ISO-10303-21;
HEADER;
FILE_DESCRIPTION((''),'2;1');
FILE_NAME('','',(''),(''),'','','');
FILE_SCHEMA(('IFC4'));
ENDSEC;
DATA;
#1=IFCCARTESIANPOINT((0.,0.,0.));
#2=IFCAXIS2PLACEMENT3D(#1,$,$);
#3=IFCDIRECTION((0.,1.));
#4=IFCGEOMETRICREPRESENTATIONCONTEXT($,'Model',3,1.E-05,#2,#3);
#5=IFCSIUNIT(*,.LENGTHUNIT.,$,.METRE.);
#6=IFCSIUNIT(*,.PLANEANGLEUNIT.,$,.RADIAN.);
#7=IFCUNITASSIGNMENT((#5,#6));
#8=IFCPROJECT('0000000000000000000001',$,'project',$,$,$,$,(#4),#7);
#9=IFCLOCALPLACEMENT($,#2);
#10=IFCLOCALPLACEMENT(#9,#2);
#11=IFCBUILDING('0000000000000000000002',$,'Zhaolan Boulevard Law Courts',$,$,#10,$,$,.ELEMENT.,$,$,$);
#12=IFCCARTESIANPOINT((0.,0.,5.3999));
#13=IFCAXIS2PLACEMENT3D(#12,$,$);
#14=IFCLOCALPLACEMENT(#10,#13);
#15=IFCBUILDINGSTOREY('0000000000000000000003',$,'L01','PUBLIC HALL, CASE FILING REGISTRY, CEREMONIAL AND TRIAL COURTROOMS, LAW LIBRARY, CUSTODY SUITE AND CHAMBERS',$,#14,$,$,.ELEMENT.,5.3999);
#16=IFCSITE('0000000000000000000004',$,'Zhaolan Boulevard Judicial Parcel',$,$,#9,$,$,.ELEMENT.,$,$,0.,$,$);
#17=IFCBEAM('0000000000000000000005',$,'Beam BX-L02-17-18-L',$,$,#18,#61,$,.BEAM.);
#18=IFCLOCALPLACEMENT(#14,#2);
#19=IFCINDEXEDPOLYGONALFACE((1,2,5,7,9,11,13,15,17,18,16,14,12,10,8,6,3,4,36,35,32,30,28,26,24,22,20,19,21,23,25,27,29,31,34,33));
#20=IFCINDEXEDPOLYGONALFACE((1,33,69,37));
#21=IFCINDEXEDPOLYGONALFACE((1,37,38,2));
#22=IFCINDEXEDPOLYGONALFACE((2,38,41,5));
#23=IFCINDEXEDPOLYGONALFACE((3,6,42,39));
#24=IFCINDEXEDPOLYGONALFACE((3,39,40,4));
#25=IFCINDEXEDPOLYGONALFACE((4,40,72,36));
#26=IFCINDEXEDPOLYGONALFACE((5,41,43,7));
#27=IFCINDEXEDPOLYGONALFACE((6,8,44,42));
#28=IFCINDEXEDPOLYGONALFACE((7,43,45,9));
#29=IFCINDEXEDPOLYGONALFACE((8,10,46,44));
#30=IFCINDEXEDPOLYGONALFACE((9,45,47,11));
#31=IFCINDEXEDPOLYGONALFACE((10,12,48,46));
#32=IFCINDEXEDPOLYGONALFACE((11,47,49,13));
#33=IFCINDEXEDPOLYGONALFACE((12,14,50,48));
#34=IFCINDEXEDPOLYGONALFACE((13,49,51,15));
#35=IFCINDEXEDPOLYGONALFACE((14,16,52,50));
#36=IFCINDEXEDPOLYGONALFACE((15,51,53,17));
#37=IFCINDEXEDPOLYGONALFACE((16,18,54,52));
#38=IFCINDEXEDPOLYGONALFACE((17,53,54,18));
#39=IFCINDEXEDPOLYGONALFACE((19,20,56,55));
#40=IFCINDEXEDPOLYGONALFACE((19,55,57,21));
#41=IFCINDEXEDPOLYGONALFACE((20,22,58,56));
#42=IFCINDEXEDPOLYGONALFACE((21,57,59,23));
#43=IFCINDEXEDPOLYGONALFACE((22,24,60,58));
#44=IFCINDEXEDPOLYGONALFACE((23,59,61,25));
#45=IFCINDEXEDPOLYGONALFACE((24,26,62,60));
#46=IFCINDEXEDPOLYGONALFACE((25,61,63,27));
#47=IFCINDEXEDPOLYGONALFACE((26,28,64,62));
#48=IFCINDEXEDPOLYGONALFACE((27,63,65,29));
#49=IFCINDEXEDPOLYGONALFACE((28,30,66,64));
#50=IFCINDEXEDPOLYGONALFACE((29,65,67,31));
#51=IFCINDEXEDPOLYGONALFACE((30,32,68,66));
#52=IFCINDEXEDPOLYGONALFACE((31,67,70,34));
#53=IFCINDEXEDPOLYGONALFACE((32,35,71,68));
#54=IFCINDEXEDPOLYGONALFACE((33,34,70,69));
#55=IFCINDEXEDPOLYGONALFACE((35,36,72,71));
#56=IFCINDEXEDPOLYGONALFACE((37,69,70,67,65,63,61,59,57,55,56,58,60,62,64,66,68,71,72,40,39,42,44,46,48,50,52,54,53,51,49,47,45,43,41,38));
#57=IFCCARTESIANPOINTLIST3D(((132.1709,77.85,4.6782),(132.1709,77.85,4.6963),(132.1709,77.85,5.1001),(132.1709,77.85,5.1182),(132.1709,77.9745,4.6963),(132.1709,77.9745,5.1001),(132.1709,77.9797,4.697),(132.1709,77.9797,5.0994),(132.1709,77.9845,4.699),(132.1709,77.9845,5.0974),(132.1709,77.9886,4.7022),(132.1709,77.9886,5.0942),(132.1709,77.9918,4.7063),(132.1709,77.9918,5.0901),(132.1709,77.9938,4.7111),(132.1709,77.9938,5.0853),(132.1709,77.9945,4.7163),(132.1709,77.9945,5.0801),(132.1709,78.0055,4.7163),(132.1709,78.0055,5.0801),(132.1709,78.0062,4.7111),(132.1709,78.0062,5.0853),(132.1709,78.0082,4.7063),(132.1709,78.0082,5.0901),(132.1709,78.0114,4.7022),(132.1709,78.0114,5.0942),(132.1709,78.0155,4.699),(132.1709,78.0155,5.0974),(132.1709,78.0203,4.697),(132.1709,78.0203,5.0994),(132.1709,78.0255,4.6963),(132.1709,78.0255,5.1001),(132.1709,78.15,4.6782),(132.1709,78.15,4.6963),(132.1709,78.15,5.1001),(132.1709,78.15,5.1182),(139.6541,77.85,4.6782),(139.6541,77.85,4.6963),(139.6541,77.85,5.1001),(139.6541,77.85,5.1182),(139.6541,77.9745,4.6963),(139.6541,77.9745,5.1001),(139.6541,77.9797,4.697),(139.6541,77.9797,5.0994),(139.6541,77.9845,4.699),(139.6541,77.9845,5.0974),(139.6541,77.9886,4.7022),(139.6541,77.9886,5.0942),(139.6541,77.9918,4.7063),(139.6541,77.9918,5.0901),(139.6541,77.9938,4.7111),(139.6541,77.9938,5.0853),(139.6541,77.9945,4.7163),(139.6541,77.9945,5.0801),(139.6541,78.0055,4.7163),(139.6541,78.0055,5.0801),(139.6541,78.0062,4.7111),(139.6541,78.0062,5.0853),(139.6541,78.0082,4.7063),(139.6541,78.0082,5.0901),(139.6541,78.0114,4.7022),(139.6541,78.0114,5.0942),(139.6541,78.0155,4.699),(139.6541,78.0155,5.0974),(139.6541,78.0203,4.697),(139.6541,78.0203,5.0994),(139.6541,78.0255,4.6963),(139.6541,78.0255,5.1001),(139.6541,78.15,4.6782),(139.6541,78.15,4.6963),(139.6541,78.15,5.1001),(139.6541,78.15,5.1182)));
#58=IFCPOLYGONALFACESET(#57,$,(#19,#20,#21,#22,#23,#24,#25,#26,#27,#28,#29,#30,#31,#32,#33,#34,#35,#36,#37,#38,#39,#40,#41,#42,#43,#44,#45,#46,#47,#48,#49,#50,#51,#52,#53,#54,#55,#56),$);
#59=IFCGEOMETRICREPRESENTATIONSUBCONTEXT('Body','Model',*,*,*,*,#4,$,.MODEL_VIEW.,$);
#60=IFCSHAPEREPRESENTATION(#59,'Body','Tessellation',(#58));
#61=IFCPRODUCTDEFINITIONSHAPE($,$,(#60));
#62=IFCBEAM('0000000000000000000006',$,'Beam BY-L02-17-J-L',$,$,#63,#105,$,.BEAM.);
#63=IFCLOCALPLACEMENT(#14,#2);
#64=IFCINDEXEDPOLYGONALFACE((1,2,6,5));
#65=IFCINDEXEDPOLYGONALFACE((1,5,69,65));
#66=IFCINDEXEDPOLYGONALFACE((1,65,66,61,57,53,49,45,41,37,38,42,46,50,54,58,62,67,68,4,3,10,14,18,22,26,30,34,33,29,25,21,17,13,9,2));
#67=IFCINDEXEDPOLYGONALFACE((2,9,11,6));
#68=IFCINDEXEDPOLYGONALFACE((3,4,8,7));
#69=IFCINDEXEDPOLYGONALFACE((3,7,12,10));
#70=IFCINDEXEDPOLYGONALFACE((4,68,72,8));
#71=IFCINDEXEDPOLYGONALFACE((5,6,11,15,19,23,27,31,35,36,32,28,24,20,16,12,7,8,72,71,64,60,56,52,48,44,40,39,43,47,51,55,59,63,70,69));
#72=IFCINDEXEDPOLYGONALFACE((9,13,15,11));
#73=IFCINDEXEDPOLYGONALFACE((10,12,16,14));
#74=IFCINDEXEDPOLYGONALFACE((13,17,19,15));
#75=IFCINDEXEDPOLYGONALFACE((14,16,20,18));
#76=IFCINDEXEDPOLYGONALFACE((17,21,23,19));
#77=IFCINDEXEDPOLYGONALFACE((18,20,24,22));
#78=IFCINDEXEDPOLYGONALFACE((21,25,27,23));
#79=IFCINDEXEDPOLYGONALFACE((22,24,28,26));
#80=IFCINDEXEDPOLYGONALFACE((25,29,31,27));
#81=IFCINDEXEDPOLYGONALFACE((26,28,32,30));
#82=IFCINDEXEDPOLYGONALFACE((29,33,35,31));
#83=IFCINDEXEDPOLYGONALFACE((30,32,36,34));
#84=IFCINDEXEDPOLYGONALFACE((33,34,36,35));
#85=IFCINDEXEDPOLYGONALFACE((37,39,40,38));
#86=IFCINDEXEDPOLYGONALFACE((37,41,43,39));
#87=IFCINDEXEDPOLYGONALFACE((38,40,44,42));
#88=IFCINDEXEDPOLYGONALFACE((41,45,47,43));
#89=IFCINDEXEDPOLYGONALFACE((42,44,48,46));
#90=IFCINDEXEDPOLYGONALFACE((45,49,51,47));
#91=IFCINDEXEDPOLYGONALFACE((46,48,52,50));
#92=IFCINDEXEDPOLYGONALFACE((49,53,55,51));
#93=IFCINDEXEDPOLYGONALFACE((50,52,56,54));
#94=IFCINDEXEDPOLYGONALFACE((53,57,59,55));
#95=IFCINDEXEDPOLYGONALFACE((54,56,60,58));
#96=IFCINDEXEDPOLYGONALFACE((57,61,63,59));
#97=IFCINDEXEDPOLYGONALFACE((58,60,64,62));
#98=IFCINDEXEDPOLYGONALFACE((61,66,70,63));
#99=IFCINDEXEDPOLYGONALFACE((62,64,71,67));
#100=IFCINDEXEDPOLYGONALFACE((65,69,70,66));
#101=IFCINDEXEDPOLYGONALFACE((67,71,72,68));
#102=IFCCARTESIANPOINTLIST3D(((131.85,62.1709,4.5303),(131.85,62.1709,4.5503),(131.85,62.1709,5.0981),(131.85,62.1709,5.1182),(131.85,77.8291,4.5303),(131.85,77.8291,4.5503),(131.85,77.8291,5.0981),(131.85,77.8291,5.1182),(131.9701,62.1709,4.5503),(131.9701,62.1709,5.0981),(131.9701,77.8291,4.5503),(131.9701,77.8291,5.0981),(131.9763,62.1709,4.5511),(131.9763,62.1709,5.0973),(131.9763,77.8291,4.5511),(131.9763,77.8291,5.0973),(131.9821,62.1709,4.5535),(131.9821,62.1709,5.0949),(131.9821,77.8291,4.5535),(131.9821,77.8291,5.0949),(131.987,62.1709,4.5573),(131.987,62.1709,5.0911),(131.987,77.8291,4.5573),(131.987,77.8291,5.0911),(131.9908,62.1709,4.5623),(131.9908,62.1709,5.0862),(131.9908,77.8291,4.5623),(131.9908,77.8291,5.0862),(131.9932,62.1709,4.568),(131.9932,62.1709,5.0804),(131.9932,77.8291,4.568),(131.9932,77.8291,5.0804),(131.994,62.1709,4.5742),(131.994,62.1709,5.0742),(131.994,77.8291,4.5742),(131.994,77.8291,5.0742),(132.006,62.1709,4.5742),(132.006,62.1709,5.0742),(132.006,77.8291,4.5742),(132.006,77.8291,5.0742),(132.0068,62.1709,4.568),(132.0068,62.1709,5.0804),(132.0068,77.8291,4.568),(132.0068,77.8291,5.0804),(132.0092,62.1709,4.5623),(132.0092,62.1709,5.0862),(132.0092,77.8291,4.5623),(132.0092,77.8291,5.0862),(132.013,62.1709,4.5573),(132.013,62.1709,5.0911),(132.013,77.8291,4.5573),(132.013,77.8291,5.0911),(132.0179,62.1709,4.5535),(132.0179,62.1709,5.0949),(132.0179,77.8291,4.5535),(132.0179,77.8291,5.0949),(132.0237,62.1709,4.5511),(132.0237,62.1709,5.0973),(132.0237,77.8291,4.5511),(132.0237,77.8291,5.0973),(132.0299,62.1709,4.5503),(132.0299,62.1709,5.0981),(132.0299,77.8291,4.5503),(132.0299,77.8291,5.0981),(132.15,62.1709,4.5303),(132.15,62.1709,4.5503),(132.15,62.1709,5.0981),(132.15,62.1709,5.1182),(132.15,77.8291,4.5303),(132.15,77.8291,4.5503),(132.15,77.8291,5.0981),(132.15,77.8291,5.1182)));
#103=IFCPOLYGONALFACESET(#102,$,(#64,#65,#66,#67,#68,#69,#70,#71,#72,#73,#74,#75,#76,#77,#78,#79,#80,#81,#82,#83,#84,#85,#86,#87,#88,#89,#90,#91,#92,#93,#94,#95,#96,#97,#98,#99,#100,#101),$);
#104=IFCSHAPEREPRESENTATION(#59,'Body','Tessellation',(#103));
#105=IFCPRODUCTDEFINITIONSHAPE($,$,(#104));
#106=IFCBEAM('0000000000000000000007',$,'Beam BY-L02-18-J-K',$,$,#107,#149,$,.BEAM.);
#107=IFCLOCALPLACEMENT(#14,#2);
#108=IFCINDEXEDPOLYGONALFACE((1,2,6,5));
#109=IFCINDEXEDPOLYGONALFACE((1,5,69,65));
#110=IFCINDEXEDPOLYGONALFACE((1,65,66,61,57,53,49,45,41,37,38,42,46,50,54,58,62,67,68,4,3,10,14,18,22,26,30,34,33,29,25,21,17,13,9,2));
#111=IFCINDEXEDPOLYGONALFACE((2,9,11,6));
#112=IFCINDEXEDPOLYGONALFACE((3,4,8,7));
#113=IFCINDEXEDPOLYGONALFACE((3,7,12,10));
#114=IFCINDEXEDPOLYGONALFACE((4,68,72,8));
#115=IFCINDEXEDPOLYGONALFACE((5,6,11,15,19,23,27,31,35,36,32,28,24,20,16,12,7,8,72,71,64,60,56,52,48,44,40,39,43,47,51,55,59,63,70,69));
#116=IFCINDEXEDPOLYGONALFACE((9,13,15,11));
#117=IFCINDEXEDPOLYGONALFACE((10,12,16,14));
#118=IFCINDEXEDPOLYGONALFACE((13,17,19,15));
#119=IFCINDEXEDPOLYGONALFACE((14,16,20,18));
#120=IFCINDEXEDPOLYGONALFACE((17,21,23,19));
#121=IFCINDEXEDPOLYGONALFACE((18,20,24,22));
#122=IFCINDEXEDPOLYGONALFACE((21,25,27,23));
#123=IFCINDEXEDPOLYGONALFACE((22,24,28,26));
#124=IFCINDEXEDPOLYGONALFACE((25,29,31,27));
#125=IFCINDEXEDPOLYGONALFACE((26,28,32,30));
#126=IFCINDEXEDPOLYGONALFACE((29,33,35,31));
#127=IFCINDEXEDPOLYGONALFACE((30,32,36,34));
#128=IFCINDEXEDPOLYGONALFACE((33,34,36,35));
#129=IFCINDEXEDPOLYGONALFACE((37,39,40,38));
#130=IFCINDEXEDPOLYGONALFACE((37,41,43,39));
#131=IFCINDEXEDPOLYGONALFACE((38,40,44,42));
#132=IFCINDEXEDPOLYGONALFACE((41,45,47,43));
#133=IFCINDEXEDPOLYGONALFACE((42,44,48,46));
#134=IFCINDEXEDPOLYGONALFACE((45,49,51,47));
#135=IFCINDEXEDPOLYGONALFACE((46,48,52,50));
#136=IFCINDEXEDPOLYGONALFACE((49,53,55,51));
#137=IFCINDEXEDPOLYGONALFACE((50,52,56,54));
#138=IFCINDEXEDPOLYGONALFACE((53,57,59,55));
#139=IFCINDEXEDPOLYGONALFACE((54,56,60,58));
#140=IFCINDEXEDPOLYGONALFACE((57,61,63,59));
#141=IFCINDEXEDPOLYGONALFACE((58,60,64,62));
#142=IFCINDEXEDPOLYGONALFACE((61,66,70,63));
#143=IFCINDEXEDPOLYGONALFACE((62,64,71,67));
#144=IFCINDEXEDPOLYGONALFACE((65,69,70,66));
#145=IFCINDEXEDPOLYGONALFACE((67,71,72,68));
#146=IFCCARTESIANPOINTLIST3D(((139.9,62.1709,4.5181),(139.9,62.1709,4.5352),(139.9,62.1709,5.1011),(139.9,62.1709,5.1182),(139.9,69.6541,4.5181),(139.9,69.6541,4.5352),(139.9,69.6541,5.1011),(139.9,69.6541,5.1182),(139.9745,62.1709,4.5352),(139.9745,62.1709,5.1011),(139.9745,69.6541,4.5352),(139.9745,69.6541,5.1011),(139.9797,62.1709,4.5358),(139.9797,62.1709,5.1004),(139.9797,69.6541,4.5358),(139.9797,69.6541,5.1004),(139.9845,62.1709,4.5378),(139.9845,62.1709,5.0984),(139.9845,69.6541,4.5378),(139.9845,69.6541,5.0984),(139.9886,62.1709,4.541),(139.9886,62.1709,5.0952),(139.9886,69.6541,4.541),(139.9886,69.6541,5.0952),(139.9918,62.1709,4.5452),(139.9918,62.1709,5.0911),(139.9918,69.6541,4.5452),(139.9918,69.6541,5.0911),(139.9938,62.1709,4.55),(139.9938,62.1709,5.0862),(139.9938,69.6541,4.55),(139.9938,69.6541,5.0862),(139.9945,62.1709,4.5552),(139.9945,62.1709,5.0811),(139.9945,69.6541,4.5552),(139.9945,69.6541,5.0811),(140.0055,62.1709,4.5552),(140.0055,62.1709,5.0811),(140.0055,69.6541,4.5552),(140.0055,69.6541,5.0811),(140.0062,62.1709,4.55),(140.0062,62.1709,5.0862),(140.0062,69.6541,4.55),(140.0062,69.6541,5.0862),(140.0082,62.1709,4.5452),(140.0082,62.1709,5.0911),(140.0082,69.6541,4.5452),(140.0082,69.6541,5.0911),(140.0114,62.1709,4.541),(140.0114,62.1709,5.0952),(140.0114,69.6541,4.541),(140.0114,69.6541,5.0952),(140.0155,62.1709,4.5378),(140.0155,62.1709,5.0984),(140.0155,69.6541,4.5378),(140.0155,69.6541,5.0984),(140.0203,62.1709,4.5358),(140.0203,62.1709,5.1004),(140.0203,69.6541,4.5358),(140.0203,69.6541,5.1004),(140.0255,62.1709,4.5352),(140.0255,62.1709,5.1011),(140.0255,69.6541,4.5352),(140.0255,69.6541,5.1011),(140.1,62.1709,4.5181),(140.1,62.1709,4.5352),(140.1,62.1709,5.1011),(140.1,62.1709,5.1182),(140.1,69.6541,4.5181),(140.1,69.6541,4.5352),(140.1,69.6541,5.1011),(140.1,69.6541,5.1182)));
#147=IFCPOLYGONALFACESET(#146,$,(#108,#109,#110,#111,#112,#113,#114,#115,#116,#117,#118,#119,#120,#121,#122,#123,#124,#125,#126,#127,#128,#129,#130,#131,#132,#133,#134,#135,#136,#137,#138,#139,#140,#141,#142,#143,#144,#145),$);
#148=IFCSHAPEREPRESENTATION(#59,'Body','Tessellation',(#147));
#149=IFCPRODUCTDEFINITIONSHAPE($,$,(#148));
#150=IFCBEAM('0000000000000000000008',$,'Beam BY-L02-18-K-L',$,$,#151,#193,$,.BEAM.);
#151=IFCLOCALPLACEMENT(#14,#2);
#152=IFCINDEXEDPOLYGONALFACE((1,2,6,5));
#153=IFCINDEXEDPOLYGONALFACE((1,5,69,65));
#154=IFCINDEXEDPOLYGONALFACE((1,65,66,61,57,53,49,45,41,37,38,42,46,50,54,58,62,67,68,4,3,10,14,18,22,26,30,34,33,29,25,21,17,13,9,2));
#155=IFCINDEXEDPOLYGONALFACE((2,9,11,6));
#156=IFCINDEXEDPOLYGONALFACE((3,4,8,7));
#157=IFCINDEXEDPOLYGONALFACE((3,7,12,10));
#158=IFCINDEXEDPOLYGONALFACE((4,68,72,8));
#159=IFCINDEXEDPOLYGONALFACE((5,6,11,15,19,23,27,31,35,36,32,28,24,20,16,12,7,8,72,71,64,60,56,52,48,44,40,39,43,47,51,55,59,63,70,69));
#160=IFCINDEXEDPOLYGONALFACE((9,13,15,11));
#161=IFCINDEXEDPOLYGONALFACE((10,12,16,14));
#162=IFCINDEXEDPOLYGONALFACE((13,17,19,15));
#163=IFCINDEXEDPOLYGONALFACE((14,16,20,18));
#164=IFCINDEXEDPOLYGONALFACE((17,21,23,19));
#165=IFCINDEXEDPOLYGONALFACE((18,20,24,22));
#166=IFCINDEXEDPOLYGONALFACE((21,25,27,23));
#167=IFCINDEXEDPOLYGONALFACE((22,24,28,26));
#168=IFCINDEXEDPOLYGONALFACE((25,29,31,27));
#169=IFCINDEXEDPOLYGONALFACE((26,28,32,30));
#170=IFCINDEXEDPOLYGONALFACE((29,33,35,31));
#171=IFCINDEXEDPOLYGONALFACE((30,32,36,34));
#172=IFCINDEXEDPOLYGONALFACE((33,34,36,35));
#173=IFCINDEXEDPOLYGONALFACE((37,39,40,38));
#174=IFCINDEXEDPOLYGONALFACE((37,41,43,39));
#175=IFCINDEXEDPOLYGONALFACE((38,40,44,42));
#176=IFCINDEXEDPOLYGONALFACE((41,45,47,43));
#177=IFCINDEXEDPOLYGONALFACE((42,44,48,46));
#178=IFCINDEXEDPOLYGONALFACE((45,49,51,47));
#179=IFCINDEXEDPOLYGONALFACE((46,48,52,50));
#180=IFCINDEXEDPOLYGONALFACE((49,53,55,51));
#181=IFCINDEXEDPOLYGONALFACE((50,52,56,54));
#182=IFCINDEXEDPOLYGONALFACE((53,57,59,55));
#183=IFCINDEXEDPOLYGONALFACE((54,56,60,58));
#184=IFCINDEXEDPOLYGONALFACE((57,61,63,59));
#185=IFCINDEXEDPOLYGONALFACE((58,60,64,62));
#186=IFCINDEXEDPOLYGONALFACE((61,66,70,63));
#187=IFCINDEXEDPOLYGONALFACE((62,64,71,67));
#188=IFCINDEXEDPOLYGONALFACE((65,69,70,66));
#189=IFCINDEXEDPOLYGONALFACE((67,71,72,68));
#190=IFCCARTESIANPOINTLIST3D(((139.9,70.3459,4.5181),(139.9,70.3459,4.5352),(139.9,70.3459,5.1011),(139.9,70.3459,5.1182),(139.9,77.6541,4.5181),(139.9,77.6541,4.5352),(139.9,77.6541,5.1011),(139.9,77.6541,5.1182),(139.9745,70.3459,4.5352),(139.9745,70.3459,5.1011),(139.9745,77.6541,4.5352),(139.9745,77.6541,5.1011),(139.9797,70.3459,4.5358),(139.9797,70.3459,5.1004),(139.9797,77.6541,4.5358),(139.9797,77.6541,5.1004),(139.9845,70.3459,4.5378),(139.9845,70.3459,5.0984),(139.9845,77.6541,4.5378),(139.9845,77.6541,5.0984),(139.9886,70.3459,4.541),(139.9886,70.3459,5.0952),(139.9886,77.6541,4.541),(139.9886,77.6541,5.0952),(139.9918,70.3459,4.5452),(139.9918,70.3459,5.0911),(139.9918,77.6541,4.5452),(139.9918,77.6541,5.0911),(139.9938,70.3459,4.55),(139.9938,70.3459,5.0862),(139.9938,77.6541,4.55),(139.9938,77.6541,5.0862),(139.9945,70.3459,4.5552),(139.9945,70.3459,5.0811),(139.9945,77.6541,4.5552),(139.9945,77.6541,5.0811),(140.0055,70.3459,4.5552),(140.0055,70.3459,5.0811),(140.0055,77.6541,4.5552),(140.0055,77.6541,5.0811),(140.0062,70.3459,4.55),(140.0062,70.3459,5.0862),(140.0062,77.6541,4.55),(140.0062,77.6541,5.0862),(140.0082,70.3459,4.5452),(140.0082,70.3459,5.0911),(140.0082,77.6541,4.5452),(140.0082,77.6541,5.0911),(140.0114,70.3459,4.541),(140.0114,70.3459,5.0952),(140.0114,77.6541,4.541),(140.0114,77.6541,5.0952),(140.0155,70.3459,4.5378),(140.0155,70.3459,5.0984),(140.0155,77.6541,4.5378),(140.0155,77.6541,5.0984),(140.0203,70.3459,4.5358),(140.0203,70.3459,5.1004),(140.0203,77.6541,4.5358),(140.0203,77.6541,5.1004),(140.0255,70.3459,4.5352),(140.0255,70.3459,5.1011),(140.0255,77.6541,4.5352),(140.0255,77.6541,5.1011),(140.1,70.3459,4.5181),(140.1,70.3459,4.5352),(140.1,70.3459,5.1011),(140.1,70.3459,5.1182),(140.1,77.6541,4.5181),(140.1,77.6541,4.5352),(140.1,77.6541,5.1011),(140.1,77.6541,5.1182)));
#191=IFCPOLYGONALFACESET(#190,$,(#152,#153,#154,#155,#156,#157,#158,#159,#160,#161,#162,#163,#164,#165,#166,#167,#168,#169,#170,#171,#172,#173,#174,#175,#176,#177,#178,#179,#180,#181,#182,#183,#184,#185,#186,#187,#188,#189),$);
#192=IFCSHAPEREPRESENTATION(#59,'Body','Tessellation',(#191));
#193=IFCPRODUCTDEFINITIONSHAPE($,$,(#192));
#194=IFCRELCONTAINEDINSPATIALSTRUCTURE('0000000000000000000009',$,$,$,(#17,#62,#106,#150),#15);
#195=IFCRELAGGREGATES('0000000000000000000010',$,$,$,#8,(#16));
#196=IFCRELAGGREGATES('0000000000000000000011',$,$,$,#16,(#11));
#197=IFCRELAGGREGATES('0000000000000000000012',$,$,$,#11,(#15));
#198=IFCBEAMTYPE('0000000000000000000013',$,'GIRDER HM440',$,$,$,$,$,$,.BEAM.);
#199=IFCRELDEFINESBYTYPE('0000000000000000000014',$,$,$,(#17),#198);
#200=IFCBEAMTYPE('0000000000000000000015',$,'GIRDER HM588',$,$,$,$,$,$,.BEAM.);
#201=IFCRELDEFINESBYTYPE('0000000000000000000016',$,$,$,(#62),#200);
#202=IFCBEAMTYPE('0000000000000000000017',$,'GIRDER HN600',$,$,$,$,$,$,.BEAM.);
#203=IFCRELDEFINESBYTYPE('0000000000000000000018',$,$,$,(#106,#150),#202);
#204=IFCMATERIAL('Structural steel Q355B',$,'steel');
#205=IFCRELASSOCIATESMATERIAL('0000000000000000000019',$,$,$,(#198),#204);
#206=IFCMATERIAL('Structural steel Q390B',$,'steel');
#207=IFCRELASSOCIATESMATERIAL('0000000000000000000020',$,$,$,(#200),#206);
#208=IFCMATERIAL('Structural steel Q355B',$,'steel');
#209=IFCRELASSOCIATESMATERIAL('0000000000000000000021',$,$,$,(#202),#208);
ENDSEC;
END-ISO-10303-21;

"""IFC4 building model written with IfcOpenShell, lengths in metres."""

from ifc_helpers import new_model, si_unit, direction, frame, origin, origin_2d, place, context, subcontext, project, spatial, i_section, extrude, material, material_profile, profile_set, type_object, element, save


model = new_model("IFC4")

# Units and contexts
model_context = context("Model", 3, precision=1e-05, world=origin(), true_north=direction((0.0, 1.0)))
body_context = subcontext(model_context, "Body", "Model", "MODEL_VIEW")
ifc_project = project(units=[si_unit("LENGTHUNIT", "METRE"), si_unit("PLANEANGLEUNIT", "RADIAN")], contexts=[model_context])

# Site, building, storey
site_placement = place(None, origin())
site = spatial("IfcSite", under=ifc_project, at=site_placement, Name="Zhaolan Boulevard Judicial Parcel", CompositionType="ELEMENT", RefElevation=0.0)
building_placement = place(site_placement, origin())
building = spatial("IfcBuilding", under=site, at=building_placement, Name="Zhaolan Boulevard Law Courts", CompositionType="ELEMENT")
storey_placement = place(building_placement, frame((0.0, 0.0, 5.3999)))
storey = spatial("IfcBuildingStorey", under=building, at=storey_placement, Name="L01", Description="PUBLIC HALL, CASE FILING REGISTRY, CEREMONIAL AND TRIAL COURTROOMS, LAW LIBRARY, CUSTODY SUITE AND CHAMBERS", CompositionType="ELEMENT", Elevation=5.3999)

# Beams
ifc_material_1 = material(Name="Structural steel Q355B", Category="steel")
ifc_material_profile_1 = material_profile(ifc_material_1, i_section(OverallWidth=0.3, OverallDepth=0.4399, WebThickness=0.011, FlangeThickness=0.0181, FilletRadius=0.02, at=origin_2d()), Name="HM440x300")
ifc_profile_set_1 = profile_set([ifc_material_profile_1], Name="Structural steel Q355B")
beam_type_1 = type_object("IfcBeamType", Name="GIRDER HM440", PredefinedType="BEAM", material=ifc_profile_set_1)
beam_1_placement = place(storey_placement, frame((132.1709, 78.0, 4.8982), z_axis=(1.0, 0.0, 0.0), x_axis=(0.0, 1.0, 0.0)))
element("IfcBeam", 1, at=beam_1_placement, inside=storey, type_object=beam_type_1, Name="Beam BX-L02-17-18-L", PredefinedType="BEAM", context=body_context, shape_type="SweptSolid", body=[
    extrude(i_section(OverallWidth=0.3, OverallDepth=0.4399, WebThickness=0.011, FlangeThickness=0.0181, FilletRadius=0.02, at=origin_2d()), origin(), (0.0, 0.0, 1.0), 7.4832),
])
ifc_material_2 = material(Name="Structural steel Q390B", Category="steel")
ifc_material_profile_2 = material_profile(ifc_material_2, i_section(OverallWidth=0.3, OverallDepth=0.5879, WebThickness=0.012, FlangeThickness=0.02, FilletRadius=0.0239, at=origin_2d()), Name="HM588x300")
ifc_profile_set_2 = profile_set([ifc_material_profile_2], Name="Structural steel Q390B")
beam_type_2 = type_object("IfcBeamType", Name="GIRDER HM588", PredefinedType="BEAM", material=ifc_profile_set_2)
beam_2_placement = place(storey_placement, frame((132.0, 62.1709, 4.8242), z_axis=(0.0, 1.0, 0.0), x_axis=(-1.0, 0.0, 0.0)))
element("IfcBeam", 2, at=beam_2_placement, inside=storey, type_object=beam_type_2, Name="Beam BY-L02-17-J-L", PredefinedType="BEAM", context=body_context, shape_type="SweptSolid", body=[
    extrude(i_section(OverallWidth=0.3, OverallDepth=0.5879, WebThickness=0.012, FlangeThickness=0.02, FilletRadius=0.0239, at=origin_2d()), origin(), (0.0, 0.0, 1.0), 15.6582),
])
ifc_material_3 = material(Name="Structural steel Q355B", Category="steel")
ifc_material_profile_3 = material_profile(ifc_material_3, i_section(OverallWidth=0.2, OverallDepth=0.6001, WebThickness=0.011, FlangeThickness=0.0171, FilletRadius=0.02, at=origin_2d()), Name="HN600x200")
ifc_profile_set_3 = profile_set([ifc_material_profile_3], Name="Structural steel Q355B")
beam_type_3 = type_object("IfcBeamType", Name="GIRDER HN600", PredefinedType="BEAM", material=ifc_profile_set_3)
beam_3_placement = place(storey_placement, frame((140.0, 62.1709, 4.8181), z_axis=(0.0, 1.0, 0.0), x_axis=(-1.0, 0.0, 0.0)))
element("IfcBeam", 3, at=beam_3_placement, inside=storey, type_object=beam_type_3, Name="Beam BY-L02-18-J-K", PredefinedType="BEAM", context=body_context, shape_type="SweptSolid", body=[
    extrude(i_section(OverallWidth=0.2, OverallDepth=0.6001, WebThickness=0.011, FlangeThickness=0.0171, FilletRadius=0.02, at=origin_2d()), origin(), (0.0, 0.0, 1.0), 7.4832),
])
beam_4_placement = place(storey_placement, frame((140.0, 70.3459, 4.8181), z_axis=(0.0, 1.0, 0.0), x_axis=(-1.0, 0.0, 0.0)))
element("IfcBeam", 4, at=beam_4_placement, inside=storey, type_object=beam_type_3, Name="Beam BY-L02-18-K-L", PredefinedType="BEAM", context=body_context, shape_type="SweptSolid", body=[
    extrude(i_section(OverallWidth=0.2, OverallDepth=0.6001, WebThickness=0.011, FlangeThickness=0.0171, FilletRadius=0.02, at=origin_2d()), origin(), (0.0, 0.0, 1.0), 7.3081),
])

save(model, "model.ifc")
